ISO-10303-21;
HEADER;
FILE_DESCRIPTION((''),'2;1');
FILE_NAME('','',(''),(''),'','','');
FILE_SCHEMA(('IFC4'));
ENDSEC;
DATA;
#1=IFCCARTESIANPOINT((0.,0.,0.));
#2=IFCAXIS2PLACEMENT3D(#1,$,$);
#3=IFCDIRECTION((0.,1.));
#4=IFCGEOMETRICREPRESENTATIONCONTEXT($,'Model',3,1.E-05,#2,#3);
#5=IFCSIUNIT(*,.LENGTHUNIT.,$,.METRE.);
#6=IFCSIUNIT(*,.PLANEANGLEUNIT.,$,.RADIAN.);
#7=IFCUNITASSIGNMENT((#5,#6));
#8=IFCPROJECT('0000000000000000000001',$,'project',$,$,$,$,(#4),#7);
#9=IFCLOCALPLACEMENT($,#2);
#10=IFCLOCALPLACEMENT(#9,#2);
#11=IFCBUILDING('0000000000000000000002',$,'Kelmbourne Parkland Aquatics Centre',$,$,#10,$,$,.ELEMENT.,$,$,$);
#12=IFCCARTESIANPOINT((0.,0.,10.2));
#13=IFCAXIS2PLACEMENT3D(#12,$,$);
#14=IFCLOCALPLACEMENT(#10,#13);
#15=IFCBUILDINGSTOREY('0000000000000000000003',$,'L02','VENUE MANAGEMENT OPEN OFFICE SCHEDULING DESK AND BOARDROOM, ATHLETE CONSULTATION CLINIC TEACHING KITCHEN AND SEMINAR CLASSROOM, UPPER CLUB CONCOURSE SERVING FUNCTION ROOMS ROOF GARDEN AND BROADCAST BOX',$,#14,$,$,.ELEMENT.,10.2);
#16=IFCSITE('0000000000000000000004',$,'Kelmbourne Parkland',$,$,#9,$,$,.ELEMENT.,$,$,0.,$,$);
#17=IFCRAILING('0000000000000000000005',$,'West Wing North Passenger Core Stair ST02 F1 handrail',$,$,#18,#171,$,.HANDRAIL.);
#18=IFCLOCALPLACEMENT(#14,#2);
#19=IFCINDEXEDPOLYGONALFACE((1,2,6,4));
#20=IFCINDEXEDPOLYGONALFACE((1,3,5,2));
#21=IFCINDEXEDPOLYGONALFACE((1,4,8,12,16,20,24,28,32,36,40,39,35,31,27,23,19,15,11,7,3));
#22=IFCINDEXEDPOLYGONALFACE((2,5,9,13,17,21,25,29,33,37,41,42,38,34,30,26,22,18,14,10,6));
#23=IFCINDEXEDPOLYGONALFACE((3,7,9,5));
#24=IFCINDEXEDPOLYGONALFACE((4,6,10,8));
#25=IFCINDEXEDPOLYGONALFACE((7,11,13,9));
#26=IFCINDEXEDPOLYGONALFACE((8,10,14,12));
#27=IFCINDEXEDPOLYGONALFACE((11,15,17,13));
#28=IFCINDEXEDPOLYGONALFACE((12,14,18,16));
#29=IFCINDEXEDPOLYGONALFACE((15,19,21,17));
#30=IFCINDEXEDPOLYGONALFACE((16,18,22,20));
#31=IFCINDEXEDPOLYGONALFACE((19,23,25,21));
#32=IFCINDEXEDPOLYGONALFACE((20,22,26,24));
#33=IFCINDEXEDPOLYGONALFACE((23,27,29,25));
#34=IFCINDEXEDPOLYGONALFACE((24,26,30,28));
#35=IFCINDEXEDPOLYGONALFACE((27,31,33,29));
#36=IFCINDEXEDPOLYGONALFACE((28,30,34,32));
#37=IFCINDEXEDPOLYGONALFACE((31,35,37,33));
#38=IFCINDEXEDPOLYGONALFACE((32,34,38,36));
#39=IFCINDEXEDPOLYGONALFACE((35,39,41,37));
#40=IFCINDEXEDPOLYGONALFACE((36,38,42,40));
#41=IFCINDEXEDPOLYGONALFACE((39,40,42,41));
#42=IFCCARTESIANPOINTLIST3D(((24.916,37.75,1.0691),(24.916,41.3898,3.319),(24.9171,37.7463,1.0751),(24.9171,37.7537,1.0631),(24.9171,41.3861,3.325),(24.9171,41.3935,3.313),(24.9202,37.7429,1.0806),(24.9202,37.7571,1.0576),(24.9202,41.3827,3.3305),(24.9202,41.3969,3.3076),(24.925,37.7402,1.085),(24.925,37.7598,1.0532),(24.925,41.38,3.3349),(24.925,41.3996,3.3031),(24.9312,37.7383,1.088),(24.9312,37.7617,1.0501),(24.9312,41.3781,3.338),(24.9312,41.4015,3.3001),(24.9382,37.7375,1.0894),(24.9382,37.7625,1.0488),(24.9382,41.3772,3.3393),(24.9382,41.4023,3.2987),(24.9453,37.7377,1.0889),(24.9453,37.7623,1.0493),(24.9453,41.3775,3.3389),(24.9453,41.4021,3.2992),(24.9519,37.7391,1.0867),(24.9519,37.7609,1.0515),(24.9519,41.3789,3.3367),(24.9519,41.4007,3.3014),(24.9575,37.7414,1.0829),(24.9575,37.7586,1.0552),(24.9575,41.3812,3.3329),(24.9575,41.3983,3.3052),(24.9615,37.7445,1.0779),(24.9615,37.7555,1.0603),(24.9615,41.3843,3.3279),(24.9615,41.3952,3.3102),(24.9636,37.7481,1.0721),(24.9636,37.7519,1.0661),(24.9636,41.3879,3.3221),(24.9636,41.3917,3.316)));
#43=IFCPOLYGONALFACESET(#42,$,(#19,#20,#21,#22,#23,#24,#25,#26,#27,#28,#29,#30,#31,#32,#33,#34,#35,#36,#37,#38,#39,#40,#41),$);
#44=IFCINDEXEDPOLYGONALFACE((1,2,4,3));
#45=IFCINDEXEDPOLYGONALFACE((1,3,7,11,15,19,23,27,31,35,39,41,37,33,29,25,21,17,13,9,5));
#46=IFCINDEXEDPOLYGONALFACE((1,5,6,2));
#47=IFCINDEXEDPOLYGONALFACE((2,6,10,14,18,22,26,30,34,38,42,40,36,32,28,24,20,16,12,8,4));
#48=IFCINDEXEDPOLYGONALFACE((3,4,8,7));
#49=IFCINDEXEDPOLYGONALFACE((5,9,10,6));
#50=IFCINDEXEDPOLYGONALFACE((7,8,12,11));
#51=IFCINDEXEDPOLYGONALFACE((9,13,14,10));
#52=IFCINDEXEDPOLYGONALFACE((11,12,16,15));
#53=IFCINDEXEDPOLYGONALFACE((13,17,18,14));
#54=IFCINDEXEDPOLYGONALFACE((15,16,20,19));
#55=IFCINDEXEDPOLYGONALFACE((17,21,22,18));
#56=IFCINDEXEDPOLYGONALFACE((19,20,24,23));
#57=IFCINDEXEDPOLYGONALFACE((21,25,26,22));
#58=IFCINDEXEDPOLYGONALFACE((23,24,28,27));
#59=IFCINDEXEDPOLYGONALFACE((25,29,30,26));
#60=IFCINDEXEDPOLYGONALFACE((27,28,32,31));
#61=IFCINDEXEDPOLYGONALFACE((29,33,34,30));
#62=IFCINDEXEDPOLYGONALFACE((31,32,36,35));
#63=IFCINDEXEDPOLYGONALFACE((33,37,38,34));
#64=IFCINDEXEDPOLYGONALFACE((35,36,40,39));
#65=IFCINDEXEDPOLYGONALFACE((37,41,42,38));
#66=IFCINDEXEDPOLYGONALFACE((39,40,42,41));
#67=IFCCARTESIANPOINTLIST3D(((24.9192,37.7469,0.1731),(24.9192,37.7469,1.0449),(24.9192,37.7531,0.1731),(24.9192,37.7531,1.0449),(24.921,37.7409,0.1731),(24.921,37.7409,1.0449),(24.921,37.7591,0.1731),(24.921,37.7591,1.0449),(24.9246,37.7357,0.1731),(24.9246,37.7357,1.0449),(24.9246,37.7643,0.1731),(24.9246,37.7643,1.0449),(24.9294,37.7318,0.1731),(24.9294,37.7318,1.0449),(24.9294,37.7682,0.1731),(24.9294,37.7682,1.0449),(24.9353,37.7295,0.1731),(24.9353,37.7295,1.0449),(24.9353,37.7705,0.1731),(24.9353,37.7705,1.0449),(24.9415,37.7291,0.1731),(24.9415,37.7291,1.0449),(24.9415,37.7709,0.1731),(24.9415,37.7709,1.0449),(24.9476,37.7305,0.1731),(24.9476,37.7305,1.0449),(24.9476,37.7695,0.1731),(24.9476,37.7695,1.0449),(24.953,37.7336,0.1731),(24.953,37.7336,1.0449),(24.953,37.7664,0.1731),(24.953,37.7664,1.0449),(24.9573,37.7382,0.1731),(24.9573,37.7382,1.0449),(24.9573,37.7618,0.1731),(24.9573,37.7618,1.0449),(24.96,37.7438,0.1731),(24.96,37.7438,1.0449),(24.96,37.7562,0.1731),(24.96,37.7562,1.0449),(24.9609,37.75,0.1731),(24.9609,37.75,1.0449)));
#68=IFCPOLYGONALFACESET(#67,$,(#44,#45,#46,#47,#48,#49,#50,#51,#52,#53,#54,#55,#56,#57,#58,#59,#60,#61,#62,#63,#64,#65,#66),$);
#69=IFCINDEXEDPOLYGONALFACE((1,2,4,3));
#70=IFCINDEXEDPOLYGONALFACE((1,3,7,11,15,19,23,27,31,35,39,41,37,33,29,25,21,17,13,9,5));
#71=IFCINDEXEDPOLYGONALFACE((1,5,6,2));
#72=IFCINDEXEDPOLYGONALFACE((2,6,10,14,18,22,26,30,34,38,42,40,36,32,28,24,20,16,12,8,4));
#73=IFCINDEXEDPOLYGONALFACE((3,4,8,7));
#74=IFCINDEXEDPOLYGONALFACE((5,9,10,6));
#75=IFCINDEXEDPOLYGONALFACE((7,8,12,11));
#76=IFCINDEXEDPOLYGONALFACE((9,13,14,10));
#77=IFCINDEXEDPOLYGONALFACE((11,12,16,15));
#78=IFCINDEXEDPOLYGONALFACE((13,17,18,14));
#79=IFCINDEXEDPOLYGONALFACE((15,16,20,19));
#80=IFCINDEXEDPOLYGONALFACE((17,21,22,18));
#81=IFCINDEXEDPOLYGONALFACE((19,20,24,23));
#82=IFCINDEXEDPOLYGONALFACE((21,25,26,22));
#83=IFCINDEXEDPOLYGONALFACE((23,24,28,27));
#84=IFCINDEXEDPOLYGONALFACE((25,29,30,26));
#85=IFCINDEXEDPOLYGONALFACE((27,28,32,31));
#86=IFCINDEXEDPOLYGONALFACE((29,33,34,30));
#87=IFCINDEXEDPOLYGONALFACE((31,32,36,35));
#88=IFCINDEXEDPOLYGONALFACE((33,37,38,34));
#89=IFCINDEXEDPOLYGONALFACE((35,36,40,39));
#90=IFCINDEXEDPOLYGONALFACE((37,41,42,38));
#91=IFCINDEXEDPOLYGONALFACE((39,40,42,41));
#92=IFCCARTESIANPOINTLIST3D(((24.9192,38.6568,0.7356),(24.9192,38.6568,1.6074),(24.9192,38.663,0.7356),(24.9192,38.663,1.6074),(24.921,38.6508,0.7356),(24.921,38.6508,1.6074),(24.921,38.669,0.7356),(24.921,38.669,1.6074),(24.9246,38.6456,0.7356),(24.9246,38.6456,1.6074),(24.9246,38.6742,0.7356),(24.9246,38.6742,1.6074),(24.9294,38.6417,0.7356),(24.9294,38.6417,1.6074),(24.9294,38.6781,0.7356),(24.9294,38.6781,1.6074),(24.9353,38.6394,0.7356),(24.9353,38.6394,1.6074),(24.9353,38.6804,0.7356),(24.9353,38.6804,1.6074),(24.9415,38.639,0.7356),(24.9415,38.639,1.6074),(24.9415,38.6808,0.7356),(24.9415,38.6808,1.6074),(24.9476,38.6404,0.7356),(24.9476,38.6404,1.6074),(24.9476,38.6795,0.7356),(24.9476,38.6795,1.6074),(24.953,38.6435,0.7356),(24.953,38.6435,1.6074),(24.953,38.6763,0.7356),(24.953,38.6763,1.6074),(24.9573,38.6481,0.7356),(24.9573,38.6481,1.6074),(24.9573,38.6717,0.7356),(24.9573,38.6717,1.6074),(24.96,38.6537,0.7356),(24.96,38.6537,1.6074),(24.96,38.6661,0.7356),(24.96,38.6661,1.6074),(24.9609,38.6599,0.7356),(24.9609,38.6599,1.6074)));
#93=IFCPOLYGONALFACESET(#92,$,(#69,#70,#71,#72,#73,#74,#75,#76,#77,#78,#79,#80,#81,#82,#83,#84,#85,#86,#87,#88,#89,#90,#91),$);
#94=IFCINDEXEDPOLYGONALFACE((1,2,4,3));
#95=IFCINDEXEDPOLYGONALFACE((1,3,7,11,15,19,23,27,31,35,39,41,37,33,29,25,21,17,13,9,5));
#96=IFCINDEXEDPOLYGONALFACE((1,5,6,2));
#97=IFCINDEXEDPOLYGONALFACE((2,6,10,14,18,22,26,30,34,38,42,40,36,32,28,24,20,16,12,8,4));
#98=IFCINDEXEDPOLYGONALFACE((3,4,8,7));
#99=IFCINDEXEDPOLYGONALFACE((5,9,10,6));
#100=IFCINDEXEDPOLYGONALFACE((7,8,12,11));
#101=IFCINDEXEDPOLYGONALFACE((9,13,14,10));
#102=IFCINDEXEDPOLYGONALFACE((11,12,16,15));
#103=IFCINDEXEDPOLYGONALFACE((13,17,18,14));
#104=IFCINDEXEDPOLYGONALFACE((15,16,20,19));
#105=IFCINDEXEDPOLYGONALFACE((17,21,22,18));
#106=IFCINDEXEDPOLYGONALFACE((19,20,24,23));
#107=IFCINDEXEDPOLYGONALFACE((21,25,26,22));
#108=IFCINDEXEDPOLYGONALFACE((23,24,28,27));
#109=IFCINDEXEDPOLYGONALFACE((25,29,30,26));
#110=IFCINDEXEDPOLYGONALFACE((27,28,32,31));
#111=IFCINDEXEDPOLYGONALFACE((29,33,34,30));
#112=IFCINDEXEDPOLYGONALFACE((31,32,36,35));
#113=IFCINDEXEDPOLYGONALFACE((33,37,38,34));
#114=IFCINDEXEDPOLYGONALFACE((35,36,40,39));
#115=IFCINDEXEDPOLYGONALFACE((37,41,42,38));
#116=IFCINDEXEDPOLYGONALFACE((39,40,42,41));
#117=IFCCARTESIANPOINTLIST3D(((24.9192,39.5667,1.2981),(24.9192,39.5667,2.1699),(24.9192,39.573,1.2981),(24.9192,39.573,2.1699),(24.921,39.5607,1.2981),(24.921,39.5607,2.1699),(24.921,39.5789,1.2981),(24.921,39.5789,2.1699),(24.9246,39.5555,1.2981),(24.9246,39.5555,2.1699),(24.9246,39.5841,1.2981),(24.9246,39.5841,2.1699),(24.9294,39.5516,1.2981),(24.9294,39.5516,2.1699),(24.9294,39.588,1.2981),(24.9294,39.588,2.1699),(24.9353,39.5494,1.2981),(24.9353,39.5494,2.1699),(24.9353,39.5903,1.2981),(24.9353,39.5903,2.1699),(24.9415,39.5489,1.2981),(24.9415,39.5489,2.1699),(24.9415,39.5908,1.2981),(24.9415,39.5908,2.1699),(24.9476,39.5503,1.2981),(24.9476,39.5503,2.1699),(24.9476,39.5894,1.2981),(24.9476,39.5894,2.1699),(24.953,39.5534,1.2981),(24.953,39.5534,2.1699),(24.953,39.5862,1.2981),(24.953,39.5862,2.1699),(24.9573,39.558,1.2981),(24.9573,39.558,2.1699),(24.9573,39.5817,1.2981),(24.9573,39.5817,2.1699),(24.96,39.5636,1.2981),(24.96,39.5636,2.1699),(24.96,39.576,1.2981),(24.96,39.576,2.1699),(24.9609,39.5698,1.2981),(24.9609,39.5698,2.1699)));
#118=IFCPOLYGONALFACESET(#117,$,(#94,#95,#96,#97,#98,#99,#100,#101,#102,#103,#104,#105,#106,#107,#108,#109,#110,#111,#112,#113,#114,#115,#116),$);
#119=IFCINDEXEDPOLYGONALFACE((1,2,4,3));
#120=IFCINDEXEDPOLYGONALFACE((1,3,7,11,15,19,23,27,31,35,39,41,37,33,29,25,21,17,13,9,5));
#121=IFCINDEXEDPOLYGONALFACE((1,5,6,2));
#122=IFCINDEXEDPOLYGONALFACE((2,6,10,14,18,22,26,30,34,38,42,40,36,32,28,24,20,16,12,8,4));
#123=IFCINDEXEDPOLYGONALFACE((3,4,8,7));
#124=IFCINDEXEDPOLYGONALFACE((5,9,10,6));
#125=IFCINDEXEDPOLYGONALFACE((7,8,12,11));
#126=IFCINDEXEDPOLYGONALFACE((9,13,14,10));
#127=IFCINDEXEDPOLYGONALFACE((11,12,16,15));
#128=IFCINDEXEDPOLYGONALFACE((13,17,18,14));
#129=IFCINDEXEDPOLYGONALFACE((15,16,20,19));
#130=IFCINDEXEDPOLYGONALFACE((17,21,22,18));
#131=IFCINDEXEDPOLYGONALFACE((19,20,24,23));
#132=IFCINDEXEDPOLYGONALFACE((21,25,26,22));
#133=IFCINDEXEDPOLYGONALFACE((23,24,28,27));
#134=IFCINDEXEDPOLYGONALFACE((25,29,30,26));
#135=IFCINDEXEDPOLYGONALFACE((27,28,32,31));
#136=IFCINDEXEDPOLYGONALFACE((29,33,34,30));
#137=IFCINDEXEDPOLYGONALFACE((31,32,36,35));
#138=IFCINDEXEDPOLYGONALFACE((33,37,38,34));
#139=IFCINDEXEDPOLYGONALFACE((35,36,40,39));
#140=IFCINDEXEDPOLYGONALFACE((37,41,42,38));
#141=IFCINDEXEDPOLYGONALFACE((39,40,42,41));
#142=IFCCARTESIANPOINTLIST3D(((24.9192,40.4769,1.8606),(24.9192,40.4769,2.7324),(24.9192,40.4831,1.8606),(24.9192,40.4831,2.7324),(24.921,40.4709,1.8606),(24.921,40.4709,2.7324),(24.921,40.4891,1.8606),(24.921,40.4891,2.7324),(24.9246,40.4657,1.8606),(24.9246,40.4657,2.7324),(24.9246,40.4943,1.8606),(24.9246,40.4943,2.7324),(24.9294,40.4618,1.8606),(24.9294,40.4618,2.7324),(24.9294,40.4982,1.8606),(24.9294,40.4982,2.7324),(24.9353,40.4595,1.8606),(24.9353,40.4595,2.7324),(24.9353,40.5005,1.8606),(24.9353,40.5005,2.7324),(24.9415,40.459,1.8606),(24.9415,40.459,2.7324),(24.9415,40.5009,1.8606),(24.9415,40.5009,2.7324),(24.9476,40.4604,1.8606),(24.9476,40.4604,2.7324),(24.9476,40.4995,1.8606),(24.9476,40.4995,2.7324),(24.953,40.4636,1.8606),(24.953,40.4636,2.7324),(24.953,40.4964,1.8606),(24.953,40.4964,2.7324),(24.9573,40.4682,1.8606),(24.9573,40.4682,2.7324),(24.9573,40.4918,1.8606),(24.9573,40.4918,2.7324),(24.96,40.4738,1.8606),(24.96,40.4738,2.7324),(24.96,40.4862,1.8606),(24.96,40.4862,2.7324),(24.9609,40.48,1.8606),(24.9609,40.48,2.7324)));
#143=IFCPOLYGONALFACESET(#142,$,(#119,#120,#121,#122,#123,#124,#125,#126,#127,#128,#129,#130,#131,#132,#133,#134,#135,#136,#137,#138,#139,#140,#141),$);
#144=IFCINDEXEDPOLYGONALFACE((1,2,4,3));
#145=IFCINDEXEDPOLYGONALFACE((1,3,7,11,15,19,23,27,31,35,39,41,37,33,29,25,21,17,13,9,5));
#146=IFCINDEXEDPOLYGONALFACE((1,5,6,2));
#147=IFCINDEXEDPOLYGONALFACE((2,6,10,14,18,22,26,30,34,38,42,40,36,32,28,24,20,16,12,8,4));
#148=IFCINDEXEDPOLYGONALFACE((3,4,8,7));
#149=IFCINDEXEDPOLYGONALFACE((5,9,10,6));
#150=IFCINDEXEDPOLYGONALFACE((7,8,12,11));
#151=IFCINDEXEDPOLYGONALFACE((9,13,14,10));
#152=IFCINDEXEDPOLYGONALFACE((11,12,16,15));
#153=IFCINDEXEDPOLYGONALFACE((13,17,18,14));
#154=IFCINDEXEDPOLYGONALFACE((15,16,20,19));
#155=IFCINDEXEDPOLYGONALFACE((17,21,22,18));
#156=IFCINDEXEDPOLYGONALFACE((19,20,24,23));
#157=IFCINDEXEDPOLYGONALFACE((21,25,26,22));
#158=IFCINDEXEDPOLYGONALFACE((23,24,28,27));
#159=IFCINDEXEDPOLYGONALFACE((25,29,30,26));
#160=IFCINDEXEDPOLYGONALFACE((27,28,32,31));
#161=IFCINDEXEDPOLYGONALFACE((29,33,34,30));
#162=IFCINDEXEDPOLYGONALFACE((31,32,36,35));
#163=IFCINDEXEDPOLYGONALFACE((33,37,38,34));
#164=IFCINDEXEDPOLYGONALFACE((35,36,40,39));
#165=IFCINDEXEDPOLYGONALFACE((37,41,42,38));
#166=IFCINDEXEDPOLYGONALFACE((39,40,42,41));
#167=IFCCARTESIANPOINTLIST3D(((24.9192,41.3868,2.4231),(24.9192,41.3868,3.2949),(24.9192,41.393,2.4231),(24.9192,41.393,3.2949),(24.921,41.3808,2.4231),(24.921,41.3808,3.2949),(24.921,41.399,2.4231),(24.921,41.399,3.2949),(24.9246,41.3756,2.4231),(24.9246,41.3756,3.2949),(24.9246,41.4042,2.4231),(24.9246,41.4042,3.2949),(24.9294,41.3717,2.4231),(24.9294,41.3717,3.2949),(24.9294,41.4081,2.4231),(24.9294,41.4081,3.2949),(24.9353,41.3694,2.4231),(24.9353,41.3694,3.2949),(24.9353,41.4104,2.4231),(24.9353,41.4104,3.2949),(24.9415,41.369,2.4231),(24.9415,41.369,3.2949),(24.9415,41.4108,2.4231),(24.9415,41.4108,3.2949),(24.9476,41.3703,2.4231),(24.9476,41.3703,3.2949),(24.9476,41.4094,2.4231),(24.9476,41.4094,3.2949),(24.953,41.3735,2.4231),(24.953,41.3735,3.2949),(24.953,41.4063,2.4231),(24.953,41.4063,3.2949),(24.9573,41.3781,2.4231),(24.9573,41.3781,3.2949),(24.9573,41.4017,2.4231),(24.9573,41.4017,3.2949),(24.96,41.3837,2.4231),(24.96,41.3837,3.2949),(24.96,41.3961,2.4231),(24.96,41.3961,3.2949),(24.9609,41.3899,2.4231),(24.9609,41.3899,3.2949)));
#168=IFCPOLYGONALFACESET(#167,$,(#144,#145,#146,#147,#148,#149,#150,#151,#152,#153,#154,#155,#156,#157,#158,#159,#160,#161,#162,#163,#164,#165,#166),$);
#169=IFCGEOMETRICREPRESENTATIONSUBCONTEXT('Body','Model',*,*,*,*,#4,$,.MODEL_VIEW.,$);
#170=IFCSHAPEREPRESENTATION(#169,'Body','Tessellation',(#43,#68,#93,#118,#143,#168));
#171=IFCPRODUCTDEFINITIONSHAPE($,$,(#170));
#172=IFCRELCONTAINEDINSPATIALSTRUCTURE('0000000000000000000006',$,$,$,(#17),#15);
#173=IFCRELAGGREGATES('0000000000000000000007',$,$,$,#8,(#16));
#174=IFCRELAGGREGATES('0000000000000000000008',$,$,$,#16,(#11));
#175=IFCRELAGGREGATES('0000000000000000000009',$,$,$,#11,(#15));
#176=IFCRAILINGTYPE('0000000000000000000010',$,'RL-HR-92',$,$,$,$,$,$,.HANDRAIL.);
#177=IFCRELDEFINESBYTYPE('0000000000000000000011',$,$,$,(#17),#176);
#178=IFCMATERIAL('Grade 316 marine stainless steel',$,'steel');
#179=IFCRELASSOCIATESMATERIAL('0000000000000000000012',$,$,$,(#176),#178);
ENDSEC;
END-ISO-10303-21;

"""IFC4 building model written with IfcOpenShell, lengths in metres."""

from ifc_helpers import new_model, si_unit, direction, frame, origin, origin_2d, place, context, subcontext, project, spatial, circle, extrude, material, type_object, element, save


model = new_model("IFC4")

# Units and contexts
model_context = context("Model", 3, precision=1e-05, world=origin(), true_north=direction((0.0, 1.0)))
body_context = subcontext(model_context, "Body", "Model", "MODEL_VIEW")
ifc_project = project(units=[si_unit("LENGTHUNIT", "METRE"), si_unit("PLANEANGLEUNIT", "RADIAN")], contexts=[model_context])

# Site, building, storey
site_placement = place(None, origin())
site = spatial("IfcSite", under=ifc_project, at=site_placement, Name="Kelmbourne Parkland", CompositionType="ELEMENT", RefElevation=0.0)
building_placement = place(site_placement, origin())
building = spatial("IfcBuilding", under=site, at=building_placement, Name="Kelmbourne Parkland Aquatics Centre", CompositionType="ELEMENT")
storey_placement = place(building_placement, frame((0.0, 0.0, 10.2)))
storey = spatial("IfcBuildingStorey", under=building, at=storey_placement, Name="L02", Description="VENUE MANAGEMENT OPEN OFFICE SCHEDULING DESK AND BOARDROOM, ATHLETE CONSULTATION CLINIC TEACHING KITCHEN AND SEMINAR CLASSROOM, UPPER CLUB CONCOURSE SERVING FUNCTION ROOMS ROOF GARDEN AND BROADCAST BOX", CompositionType="ELEMENT", Elevation=10.2)

# Railing
ifc_material_1 = material(Name="Grade 316 marine stainless steel", Category="steel")
railing_type_1 = type_object("IfcRailingType", Name="RL-HR-92", PredefinedType="HANDRAIL", material=ifc_material_1)
railing_1_placement = place(storey_placement, frame((24.9399, 37.75, 0.1731)))
element("IfcRailing", 1, at=railing_1_placement, inside=storey, type_object=railing_type_1, Name="West Wing North Passenger Core Stair ST02 F1 handrail", PredefinedType="HANDRAIL", context=body_context, shape_type="SweptSolid", body=[
    extrude(circle(Radius=0.0239, at=origin_2d()), frame((0.0, 0.0, 0.896), z_axis=(0.0, 0.850607, 0.525803), x_axis=(-1.0, 0.0, 0.0)), (0.0, 0.0, 1.0), 4.2791),
    extrude(circle(Radius=0.021, at=origin_2d()), origin(), (0.0, 0.0, 1.0), 0.8718),
    extrude(circle(Radius=0.021, at=origin_2d()), frame((0.0, 0.9099, 0.5625)), (0.0, 0.0, 1.0), 0.8718),
    extrude(circle(Radius=0.021, at=origin_2d()), frame((0.0, 1.8198, 1.125)), (0.0, 0.0, 1.0), 0.8718),
    extrude(circle(Radius=0.021, at=origin_2d()), frame((0.0, 2.73, 1.6875)), (0.0, 0.0, 1.0), 0.8718),
    extrude(circle(Radius=0.021, at=origin_2d()), frame((0.0, 3.6399, 2.25)), (0.0, 0.0, 1.0), 0.8718),
])

save(model, "model.ifc")
